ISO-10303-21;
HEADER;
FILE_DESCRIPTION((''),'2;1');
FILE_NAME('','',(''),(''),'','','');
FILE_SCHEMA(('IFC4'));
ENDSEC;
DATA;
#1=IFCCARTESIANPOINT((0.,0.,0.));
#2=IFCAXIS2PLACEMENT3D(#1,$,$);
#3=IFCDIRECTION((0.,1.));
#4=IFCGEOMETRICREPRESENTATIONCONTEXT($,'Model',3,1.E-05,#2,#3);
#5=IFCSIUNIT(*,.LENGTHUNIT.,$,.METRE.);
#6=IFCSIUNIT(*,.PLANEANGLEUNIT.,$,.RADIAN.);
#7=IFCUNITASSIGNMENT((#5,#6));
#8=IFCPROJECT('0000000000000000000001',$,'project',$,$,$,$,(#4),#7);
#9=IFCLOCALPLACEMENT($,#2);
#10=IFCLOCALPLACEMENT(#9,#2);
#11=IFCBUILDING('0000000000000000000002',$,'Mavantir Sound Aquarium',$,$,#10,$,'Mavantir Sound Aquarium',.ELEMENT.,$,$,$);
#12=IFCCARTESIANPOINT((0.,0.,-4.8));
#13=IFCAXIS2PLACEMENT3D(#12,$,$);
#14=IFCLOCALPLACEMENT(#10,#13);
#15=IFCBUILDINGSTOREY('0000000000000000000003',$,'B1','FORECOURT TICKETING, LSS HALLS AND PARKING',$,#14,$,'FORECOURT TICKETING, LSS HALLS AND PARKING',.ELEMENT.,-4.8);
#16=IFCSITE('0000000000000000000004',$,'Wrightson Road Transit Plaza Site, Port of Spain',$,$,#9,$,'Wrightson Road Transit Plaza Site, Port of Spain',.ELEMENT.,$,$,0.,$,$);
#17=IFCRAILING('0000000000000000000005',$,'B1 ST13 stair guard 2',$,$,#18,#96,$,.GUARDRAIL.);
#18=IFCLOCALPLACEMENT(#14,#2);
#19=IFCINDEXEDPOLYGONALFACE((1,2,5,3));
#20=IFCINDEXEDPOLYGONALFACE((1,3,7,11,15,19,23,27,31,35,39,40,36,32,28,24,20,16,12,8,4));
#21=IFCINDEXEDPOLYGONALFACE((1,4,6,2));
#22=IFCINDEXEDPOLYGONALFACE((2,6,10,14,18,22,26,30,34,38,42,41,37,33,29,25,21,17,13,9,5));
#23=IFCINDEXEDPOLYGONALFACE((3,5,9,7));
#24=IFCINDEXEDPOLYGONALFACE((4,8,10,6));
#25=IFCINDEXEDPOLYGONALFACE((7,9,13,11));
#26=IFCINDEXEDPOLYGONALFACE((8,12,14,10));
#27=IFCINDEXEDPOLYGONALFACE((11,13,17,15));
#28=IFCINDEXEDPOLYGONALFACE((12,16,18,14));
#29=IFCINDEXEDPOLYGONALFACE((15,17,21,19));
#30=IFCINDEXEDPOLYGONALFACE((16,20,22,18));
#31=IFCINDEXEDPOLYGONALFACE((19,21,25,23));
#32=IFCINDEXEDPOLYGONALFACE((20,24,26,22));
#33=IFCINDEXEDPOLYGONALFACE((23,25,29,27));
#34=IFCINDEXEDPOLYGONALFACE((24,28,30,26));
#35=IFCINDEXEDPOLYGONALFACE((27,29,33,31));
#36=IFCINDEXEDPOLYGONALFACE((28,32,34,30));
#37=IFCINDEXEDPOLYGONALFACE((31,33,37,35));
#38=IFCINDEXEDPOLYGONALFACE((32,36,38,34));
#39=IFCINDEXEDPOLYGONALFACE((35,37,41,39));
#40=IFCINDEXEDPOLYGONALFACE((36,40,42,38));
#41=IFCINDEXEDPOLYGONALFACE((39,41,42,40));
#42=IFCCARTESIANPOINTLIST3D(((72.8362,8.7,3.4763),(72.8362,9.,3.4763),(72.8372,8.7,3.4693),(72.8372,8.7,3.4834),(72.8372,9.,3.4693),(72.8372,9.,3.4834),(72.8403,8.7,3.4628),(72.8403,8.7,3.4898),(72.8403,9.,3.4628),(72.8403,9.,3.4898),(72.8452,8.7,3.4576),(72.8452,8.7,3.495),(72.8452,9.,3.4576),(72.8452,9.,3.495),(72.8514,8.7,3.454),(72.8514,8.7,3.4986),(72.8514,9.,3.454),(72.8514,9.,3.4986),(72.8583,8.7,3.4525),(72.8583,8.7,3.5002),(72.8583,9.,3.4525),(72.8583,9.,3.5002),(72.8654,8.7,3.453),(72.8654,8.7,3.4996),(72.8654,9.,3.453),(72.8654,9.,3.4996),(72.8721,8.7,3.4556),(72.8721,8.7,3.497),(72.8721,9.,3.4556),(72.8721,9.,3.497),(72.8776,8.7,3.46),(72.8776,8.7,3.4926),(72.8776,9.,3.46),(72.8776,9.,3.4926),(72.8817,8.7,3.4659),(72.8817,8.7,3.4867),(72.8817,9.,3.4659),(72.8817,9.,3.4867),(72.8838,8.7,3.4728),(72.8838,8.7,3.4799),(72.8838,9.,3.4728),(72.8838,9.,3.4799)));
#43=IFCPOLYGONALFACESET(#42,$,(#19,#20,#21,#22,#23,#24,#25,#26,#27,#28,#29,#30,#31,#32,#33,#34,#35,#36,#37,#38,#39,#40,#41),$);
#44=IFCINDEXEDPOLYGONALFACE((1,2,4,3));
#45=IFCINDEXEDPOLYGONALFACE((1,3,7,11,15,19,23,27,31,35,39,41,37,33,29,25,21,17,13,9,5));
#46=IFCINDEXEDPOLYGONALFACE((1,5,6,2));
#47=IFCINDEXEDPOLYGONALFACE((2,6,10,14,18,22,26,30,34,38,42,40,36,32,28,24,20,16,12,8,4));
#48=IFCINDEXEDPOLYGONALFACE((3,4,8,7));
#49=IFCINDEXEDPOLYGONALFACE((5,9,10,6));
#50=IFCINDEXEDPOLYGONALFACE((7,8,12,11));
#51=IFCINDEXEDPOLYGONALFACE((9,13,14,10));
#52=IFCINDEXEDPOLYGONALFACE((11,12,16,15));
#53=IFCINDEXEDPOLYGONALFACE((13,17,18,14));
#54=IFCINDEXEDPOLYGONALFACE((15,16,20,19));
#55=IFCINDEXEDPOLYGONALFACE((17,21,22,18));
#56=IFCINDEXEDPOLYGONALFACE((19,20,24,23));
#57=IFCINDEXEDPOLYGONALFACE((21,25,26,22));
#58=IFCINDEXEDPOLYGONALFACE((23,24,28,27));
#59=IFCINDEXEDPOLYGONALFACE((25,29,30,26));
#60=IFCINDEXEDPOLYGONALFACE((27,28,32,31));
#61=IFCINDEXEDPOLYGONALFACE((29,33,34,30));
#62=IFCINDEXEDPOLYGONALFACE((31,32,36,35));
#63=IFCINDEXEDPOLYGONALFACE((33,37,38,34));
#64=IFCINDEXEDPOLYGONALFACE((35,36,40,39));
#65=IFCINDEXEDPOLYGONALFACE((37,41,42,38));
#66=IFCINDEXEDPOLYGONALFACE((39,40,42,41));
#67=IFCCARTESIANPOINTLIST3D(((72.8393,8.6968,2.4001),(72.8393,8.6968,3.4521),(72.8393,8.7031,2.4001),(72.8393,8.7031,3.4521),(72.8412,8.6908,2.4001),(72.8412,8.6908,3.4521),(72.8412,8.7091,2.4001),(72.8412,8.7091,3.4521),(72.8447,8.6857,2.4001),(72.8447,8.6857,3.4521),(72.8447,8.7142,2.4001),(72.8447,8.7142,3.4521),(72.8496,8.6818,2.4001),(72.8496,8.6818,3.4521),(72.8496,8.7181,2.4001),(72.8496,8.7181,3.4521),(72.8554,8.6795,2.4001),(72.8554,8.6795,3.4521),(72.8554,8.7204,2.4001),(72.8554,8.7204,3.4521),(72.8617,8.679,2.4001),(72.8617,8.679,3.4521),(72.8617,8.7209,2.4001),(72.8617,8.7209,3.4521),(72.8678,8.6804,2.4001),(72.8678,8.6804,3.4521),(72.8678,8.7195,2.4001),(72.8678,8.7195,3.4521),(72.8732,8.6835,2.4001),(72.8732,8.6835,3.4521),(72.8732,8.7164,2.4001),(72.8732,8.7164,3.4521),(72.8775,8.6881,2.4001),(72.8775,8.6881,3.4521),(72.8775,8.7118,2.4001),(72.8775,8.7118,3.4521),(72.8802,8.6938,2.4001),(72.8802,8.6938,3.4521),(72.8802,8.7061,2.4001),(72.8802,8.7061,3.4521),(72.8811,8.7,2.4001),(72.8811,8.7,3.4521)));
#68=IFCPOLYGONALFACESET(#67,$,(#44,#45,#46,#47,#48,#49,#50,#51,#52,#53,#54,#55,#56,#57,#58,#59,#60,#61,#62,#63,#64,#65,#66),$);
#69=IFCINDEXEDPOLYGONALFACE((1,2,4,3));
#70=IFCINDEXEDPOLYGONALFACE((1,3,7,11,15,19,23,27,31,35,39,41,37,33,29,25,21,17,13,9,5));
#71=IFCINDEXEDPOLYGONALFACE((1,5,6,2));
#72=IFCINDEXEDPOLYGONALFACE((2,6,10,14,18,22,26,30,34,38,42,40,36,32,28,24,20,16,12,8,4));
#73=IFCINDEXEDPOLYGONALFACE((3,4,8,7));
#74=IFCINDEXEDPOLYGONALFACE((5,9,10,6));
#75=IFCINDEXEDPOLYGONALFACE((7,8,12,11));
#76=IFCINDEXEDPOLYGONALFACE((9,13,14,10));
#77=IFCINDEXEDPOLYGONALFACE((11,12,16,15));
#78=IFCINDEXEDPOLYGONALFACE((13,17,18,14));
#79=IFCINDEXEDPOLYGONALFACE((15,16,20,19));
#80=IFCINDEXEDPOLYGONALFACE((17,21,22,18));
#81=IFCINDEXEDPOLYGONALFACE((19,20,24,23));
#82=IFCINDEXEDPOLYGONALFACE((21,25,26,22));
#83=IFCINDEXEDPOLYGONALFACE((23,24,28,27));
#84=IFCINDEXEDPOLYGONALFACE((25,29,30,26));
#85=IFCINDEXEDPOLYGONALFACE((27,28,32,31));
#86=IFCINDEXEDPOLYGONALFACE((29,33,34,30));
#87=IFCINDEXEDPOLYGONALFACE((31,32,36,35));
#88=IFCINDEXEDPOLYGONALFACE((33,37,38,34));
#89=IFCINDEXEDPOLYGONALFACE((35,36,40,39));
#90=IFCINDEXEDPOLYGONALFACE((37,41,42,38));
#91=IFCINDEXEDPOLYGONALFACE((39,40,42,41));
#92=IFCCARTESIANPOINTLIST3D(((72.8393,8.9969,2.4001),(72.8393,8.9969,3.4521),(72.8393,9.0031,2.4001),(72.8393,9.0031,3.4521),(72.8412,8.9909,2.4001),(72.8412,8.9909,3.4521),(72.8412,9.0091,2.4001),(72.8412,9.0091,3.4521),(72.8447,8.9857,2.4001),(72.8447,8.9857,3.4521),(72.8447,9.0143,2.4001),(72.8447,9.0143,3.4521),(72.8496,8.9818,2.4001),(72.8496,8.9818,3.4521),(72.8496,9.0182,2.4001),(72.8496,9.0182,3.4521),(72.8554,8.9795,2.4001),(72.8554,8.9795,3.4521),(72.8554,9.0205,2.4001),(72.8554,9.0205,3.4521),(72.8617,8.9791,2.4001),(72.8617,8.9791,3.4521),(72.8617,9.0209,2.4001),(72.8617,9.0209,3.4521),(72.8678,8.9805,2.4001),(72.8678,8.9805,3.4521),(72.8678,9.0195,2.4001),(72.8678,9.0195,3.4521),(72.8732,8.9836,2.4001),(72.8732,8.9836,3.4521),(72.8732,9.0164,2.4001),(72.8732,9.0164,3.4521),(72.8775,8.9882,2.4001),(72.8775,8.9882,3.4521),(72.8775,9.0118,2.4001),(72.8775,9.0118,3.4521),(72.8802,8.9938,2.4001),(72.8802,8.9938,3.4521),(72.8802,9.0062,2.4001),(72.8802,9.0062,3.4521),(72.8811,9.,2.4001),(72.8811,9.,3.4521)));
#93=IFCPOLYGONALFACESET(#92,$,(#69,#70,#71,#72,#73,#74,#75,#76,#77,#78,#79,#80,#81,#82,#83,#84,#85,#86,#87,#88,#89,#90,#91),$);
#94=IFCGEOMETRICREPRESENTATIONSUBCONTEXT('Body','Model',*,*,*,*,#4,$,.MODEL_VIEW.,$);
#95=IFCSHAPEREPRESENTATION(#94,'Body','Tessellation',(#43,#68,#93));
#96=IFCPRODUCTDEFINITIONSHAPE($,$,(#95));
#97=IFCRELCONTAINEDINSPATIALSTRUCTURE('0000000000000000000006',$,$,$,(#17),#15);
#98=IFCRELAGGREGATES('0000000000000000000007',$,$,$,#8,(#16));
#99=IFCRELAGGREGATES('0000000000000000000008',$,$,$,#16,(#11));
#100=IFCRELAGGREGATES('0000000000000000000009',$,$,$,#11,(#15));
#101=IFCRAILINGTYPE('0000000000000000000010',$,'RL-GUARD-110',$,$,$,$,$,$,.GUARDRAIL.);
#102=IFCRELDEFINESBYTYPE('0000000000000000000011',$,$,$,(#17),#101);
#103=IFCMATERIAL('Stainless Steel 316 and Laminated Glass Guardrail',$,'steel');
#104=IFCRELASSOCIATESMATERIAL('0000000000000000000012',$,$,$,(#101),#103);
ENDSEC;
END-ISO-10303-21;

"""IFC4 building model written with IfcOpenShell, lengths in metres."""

from ifc_helpers import new_model, si_unit, direction, frame, origin, origin_2d, place, context, subcontext, project, spatial, circle, extrude, material, type_object, element, save


model = new_model("IFC4")

# Units and contexts
model_context = context("Model", 3, precision=1e-05, world=origin(), true_north=direction((0.0, 1.0)))
body_context = subcontext(model_context, "Body", "Model", "MODEL_VIEW")
ifc_project = project(units=[si_unit("LENGTHUNIT", "METRE"), si_unit("PLANEANGLEUNIT", "RADIAN")], contexts=[model_context])

# Site, building, storey
site_placement = place(None, origin())
site = spatial("IfcSite", under=ifc_project, at=site_placement, Name="Wrightson Road Transit Plaza Site, Port of Spain", LongName="Wrightson Road Transit Plaza Site, Port of Spain", CompositionType="ELEMENT", RefElevation=0.0)
building_placement = place(site_placement, origin())
building = spatial("IfcBuilding", under=site, at=building_placement, Name="Mavantir Sound Aquarium", LongName="Mavantir Sound Aquarium", CompositionType="ELEMENT")
storey_placement = place(building_placement, frame((0.0, 0.0, -4.8)))
storey = spatial("IfcBuildingStorey", under=building, at=storey_placement, Name="B1", Description="FORECOURT TICKETING, LSS HALLS AND PARKING", LongName="FORECOURT TICKETING, LSS HALLS AND PARKING", CompositionType="ELEMENT", Elevation=-4.8)

# Railing
ifc_material_1 = material(Name="Stainless Steel 316 and Laminated Glass Guardrail", Category="steel")
railing_type_1 = type_object("IfcRailingType", Name="RL-GUARD-110", PredefinedType="GUARDRAIL", material=ifc_material_1)
railing_1_placement = place(storey_placement, frame((72.8601, 8.7, 2.4001)))
element("IfcRailing", 1, at=railing_1_placement, inside=storey, type_object=railing_type_1, Name="B1 ST13 stair guard 2", PredefinedType="GUARDRAIL", context=body_context, shape_type="SweptSolid", body=[
    extrude(circle(Radius=0.0239, at=origin_2d()), frame((0.0, 0.0, 1.0762), z_axis=(0.0, 1.0, 0.0), x_axis=(-1.0, 0.0, 0.0)), (0.0, 0.0, 1.0), 0.3),
    extrude(circle(Radius=0.021, at=origin_2d()), origin(), (0.0, 0.0, 1.0), 1.052),
    extrude(circle(Radius=0.021, at=origin_2d()), frame((0.0, 0.3, 0.0)), (0.0, 0.0, 1.0), 1.052),
])

save(model, "model.ifc")
